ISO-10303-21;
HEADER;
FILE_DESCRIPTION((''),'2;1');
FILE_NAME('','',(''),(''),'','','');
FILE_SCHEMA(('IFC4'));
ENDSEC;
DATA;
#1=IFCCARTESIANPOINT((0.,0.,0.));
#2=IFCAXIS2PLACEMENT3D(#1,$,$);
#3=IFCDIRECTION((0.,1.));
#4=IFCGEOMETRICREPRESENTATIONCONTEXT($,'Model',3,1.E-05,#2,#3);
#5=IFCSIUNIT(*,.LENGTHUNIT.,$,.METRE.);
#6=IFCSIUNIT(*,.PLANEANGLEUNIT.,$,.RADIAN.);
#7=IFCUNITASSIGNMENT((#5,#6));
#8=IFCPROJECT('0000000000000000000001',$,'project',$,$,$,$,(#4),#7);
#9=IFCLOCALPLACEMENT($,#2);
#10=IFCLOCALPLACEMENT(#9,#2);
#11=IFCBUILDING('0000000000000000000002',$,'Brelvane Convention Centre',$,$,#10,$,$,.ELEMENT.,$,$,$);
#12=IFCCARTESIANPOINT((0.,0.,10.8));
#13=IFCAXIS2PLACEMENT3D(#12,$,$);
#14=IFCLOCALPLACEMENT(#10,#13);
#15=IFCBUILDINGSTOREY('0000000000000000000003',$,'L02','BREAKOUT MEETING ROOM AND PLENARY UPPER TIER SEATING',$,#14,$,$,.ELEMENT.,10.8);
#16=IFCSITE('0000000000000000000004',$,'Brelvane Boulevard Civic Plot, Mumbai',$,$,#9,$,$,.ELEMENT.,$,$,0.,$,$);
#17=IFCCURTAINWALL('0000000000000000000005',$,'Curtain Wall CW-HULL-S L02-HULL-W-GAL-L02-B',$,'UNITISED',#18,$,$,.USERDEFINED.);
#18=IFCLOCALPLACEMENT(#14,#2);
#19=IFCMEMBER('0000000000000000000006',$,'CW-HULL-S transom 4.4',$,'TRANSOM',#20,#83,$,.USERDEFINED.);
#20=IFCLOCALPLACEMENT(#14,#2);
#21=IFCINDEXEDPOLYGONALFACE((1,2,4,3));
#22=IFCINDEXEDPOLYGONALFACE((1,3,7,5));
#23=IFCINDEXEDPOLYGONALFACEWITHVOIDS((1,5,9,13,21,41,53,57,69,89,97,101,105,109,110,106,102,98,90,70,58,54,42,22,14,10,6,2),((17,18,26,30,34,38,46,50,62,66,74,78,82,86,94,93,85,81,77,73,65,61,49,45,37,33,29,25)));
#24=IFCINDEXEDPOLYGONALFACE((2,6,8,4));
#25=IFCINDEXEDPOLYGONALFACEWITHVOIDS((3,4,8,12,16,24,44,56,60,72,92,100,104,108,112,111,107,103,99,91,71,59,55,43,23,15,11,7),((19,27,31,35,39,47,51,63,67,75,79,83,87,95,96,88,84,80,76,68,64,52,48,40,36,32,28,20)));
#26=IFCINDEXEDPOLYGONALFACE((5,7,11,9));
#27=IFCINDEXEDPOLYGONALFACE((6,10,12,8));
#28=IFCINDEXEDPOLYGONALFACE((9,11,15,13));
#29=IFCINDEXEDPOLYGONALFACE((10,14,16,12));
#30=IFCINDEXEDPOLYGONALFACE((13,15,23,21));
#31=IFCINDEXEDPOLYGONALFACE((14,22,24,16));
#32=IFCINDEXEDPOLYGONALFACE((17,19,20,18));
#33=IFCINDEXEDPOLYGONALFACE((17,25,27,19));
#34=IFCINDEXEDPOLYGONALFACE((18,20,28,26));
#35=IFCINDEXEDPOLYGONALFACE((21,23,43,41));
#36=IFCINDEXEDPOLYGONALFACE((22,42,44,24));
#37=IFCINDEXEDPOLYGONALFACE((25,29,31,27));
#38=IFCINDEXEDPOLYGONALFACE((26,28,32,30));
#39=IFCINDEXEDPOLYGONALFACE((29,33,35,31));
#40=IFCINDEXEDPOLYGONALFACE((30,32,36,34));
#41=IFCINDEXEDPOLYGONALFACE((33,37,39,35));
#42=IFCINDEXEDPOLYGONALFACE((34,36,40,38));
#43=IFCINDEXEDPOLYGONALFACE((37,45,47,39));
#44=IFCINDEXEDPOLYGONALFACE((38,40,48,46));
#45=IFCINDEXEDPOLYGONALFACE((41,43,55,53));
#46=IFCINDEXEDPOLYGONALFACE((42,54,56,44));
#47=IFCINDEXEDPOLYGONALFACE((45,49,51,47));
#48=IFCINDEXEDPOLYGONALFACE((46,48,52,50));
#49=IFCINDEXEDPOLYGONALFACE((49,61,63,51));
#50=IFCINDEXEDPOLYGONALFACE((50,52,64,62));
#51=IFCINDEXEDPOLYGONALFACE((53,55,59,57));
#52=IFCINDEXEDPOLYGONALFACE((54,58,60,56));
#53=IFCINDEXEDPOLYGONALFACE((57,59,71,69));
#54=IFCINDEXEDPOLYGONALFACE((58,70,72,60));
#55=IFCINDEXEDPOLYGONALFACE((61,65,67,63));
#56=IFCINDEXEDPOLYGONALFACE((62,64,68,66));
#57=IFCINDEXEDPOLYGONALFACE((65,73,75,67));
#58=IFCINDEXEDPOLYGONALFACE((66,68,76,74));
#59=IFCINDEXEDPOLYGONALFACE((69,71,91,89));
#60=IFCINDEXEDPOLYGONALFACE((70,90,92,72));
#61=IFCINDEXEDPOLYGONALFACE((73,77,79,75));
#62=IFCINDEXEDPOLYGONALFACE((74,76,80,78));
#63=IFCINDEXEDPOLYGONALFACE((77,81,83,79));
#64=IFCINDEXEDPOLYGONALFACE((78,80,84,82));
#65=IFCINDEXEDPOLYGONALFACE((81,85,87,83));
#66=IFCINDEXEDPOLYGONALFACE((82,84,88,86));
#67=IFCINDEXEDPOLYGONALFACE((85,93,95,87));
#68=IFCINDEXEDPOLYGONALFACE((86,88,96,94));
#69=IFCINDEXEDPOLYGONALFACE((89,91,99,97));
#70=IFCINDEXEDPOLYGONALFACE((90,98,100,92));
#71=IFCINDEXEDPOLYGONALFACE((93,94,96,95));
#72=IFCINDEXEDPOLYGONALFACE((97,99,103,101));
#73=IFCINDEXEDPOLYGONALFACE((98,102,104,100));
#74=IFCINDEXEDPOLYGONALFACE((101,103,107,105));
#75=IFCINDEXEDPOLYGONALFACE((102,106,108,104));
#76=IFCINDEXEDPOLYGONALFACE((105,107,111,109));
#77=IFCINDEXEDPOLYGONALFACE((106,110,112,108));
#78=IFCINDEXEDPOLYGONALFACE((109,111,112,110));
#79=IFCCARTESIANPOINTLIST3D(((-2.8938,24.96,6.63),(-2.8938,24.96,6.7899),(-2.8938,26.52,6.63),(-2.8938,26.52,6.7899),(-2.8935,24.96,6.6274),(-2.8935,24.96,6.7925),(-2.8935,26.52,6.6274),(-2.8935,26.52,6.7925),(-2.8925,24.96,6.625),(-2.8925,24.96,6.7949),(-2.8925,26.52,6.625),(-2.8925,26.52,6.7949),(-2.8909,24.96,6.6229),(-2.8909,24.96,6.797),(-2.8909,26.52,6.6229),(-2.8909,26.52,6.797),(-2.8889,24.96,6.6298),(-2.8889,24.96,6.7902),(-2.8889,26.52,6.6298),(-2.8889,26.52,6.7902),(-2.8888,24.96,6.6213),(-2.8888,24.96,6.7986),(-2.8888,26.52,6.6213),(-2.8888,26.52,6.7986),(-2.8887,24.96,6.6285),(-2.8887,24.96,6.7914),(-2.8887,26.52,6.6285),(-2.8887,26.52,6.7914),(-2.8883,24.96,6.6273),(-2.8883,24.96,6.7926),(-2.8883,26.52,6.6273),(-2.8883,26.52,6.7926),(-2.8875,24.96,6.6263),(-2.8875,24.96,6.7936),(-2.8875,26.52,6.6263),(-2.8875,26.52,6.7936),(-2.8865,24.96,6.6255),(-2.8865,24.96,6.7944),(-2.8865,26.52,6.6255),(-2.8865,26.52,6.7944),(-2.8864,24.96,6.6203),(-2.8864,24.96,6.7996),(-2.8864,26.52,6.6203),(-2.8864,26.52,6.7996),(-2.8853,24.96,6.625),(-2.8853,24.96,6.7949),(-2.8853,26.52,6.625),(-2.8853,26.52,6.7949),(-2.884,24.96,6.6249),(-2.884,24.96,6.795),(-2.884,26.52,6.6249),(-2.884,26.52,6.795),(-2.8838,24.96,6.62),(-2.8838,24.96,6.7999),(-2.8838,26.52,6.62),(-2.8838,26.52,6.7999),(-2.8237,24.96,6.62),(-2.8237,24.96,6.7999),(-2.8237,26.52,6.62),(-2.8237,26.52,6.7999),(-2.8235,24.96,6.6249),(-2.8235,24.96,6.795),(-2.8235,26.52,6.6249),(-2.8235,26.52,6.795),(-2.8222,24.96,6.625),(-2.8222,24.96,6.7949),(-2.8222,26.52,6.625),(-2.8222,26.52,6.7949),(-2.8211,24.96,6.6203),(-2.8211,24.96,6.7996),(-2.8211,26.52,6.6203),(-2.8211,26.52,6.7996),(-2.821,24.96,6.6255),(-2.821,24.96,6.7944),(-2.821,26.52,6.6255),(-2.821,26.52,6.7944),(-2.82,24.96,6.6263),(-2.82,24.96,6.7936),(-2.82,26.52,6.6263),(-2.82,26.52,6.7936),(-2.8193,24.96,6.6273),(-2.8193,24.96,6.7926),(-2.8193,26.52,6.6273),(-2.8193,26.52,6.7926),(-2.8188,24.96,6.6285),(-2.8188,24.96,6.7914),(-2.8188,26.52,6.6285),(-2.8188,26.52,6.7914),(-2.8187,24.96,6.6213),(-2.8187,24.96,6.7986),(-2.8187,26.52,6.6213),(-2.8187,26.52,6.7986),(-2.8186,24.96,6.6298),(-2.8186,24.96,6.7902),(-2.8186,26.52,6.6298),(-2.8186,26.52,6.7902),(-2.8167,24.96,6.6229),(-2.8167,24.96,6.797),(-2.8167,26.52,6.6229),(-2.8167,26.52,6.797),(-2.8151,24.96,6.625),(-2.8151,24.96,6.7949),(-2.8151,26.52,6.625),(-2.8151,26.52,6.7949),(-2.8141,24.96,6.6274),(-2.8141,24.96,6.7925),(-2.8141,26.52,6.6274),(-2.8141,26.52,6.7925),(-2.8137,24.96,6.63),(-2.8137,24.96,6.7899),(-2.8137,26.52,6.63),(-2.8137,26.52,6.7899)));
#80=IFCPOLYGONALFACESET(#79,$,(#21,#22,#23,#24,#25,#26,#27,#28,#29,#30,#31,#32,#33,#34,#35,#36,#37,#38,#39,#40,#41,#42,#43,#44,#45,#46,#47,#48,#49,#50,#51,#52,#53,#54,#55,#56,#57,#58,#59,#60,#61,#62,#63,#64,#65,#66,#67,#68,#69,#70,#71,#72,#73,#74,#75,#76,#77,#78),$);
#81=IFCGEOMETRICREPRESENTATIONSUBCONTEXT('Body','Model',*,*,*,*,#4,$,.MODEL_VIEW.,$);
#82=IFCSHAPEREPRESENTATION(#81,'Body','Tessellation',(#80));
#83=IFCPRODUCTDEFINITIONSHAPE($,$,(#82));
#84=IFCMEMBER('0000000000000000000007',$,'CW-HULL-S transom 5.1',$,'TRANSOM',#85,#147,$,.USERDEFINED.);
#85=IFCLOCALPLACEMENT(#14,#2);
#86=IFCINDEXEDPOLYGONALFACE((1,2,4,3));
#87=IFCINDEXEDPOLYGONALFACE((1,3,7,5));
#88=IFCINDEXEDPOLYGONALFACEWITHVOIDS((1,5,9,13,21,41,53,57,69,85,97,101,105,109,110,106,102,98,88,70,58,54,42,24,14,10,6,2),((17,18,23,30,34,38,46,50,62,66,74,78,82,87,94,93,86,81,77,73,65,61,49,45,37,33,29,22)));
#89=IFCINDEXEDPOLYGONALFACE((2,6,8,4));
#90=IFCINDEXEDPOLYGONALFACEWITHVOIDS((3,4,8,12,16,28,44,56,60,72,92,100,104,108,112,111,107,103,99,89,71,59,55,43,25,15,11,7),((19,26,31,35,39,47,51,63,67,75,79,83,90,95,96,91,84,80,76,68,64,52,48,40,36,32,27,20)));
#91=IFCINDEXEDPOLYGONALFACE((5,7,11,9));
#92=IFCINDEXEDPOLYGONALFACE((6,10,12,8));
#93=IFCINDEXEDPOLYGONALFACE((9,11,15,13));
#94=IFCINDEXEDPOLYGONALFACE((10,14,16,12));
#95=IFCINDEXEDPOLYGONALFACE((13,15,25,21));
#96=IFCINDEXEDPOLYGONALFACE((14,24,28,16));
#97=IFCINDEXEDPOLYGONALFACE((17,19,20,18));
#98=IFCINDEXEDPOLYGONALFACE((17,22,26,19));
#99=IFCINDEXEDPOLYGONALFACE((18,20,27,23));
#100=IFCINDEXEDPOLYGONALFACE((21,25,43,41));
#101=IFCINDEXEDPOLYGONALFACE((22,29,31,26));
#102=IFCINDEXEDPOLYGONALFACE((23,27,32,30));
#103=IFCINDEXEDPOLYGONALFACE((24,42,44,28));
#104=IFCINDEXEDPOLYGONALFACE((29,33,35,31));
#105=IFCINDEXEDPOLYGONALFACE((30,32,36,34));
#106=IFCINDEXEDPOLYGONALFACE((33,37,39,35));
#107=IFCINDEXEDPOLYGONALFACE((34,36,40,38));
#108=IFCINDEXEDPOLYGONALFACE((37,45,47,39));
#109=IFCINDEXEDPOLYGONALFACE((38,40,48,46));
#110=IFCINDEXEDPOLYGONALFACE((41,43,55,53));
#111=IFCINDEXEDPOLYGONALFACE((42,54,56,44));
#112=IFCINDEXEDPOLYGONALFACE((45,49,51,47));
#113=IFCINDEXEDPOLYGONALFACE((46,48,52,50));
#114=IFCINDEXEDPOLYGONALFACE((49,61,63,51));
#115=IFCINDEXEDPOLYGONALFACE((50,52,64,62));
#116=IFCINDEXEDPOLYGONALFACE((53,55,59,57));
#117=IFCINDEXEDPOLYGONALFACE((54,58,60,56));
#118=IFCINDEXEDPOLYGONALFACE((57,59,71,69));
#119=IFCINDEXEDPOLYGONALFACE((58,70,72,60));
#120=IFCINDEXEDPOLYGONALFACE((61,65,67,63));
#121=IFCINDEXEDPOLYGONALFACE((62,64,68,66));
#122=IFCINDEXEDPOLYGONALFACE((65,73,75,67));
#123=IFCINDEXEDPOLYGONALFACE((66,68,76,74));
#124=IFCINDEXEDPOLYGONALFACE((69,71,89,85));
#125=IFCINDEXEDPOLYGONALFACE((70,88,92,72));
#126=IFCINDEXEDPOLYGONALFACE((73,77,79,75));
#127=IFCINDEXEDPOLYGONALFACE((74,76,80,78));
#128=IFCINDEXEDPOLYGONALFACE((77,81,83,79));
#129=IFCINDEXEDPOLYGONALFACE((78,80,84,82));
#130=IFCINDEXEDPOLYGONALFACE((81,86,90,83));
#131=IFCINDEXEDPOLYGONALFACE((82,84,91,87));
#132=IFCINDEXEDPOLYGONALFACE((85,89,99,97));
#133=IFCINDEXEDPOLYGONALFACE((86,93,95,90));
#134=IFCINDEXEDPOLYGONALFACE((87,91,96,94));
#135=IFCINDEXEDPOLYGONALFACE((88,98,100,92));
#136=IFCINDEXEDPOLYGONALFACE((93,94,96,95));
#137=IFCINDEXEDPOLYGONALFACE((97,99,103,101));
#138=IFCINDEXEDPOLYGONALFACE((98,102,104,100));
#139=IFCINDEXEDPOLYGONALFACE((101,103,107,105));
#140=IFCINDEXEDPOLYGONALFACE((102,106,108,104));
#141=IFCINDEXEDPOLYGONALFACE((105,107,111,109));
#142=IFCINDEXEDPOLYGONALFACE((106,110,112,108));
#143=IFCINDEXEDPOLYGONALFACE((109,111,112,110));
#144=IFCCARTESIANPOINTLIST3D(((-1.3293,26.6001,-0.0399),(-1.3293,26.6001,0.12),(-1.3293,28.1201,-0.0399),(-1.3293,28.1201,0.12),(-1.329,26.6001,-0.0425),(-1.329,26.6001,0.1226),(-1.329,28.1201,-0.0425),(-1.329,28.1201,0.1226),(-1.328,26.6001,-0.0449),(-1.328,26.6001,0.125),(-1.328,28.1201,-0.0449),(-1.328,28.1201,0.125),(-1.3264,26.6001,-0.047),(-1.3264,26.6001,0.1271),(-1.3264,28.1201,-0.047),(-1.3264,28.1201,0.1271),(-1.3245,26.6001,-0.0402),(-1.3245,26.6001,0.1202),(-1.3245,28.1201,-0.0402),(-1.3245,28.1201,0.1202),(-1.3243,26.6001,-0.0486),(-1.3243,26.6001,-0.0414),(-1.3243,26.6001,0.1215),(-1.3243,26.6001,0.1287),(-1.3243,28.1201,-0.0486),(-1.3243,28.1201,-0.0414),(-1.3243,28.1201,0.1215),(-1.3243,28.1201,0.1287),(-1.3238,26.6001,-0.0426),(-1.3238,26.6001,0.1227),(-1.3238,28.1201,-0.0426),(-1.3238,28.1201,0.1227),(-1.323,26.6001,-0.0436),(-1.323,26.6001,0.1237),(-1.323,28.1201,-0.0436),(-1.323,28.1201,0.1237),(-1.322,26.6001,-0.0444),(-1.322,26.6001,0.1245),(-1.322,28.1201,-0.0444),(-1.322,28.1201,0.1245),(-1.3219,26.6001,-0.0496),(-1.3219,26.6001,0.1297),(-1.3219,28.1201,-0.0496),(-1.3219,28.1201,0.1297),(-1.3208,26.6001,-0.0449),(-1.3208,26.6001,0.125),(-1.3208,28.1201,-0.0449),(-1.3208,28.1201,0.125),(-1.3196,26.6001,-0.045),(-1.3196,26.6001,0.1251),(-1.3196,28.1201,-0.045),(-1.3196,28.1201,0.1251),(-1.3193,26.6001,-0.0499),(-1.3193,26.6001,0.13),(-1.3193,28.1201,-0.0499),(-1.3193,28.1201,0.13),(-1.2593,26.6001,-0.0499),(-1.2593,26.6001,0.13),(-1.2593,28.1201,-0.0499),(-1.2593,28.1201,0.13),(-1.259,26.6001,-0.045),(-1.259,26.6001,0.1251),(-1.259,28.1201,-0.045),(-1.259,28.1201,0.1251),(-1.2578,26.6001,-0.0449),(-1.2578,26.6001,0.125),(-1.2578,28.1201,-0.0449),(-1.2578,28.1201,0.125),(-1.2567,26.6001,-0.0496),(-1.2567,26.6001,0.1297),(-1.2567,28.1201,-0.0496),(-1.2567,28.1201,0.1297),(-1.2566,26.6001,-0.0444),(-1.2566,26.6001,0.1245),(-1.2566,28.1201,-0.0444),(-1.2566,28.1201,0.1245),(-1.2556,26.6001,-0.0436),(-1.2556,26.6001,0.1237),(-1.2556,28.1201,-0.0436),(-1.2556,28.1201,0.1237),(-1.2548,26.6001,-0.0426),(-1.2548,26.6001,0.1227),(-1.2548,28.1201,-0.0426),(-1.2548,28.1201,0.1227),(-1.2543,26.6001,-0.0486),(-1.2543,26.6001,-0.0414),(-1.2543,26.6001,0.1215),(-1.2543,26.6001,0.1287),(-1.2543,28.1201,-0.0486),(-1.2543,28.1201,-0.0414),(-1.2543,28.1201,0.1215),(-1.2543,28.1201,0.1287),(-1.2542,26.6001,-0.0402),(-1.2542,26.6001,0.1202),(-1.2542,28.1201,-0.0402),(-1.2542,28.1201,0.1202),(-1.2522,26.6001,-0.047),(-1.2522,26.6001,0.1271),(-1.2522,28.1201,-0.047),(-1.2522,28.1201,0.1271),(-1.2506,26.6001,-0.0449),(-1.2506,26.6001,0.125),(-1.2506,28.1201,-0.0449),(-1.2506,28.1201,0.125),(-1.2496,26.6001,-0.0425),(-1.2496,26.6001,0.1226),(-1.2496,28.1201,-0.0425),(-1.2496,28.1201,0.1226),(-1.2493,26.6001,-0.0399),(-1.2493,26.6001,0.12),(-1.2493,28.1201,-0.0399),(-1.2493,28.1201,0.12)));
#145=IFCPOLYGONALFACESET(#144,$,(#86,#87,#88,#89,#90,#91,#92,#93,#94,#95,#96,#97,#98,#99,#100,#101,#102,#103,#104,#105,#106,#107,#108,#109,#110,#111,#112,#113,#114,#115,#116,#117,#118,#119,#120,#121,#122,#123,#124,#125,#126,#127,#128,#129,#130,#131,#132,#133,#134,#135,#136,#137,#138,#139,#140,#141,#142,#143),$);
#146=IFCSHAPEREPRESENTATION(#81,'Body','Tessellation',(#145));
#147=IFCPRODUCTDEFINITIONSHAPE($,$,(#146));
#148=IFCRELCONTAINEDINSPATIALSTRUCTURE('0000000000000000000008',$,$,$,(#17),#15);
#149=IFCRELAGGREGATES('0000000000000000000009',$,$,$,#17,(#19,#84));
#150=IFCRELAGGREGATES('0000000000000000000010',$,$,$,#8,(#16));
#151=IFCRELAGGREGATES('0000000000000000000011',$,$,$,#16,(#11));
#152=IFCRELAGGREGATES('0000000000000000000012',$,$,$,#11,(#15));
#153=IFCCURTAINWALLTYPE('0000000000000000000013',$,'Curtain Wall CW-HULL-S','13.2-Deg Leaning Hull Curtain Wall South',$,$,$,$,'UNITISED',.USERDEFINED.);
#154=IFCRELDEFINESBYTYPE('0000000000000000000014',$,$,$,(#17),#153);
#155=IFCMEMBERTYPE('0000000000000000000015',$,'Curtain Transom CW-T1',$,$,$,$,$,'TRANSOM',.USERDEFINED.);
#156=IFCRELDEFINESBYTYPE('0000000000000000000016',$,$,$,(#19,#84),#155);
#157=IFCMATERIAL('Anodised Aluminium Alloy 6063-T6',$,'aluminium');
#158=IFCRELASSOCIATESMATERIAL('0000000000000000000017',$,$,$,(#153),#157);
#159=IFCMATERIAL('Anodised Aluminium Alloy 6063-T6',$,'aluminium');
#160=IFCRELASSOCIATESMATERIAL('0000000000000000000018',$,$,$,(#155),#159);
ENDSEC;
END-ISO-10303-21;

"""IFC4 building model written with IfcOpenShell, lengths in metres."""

from ifc_helpers import new_model, si_unit, direction, frame, origin, origin_2d, place, context, subcontext, project, spatial, hollow_rectangle, extrude, material, material_profile, profile_set, type_object, element, aggregate, save


model = new_model("IFC4")

# Units and contexts
model_context = context("Model", 3, precision=1e-05, world=origin(), true_north=direction((0.0, 1.0)))
body_context = subcontext(model_context, "Body", "Model", "MODEL_VIEW")
ifc_project = project(units=[si_unit("LENGTHUNIT", "METRE"), si_unit("PLANEANGLEUNIT", "RADIAN")], contexts=[model_context])

# Site, building, storey
site_placement = place(None, origin())
site = spatial("IfcSite", under=ifc_project, at=site_placement, Name="Brelvane Boulevard Civic Plot, Mumbai", CompositionType="ELEMENT", RefElevation=0.0)
building_placement = place(site_placement, origin())
building = spatial("IfcBuilding", under=site, at=building_placement, Name="Brelvane Convention Centre", CompositionType="ELEMENT")
storey_placement = place(building_placement, frame((0.0, 0.0, 10.8)))
storey = spatial("IfcBuildingStorey", under=building, at=storey_placement, Name="L02", Description="BREAKOUT MEETING ROOM AND PLENARY UPPER TIER SEATING", CompositionType="ELEMENT", Elevation=10.8)

# Curtain wall, members
ifc_material_1 = material(Name="Anodised Aluminium Alloy 6063-T6", Category="aluminium")
curtain_wall_type = type_object("IfcCurtainWallType", Name="Curtain Wall CW-HULL-S", Description="13.2-Deg Leaning Hull Curtain Wall South", ElementType="UNITISED", PredefinedType="USERDEFINED", material=ifc_material_1)
curtain_wall_placement = place(storey_placement, origin())
curtain_wall = element("IfcCurtainWall", 1, at=curtain_wall_placement, inside=storey, type_object=curtain_wall_type, Name="Curtain Wall CW-HULL-S L02-HULL-W-GAL-L02-B", ObjectType="UNITISED", PredefinedType="USERDEFINED")
ifc_material_2 = material(Name="Anodised Aluminium Alloy 6063-T6", Category="aluminium")
ifc_material_profile = material_profile(ifc_material_2, hollow_rectangle(XDim=0.0801, YDim=0.1799, WallThickness=0.0049, InnerFilletRadius=0.0049, OuterFilletRadius=0.01, at=origin_2d()), Name="ALU-T 180x80x5.0")
ifc_profile_set = profile_set([ifc_material_profile], Name="Anodised Aluminium Alloy 6063-T6")
member_type = type_object("IfcMemberType", Name="Curtain Transom CW-T1", ElementType="TRANSOM", PredefinedType="USERDEFINED", material=ifc_profile_set)
member_1_placement = place(storey_placement, frame((-2.8538, 24.96, 6.71), z_axis=(0.0, 1.0, 0.0), x_axis=(-1.0, 0.0, 0.0)))
member_1 = element("IfcMember", 2, at=member_1_placement, type_object=member_type, Name="CW-HULL-S transom 4.4", ObjectType="TRANSOM", PredefinedType="USERDEFINED", context=body_context, shape_type="SweptSolid", body=[
    extrude(hollow_rectangle(XDim=0.0801, YDim=0.1799, WallThickness=0.0049, InnerFilletRadius=0.0049, OuterFilletRadius=0.01, at=origin_2d()), origin(), (0.0, 0.0, 1.0), 1.5601),
])
member_2_placement = place(storey_placement, frame((-1.2893, 26.6001, 0.04), z_axis=(0.0, 1.0, 0.0), x_axis=(-1.0, 0.0, 0.0)))
member_2 = element("IfcMember", 3, at=member_2_placement, type_object=member_type, Name="CW-HULL-S transom 5.1", ObjectType="TRANSOM", PredefinedType="USERDEFINED", context=body_context, shape_type="SweptSolid", body=[
    extrude(hollow_rectangle(XDim=0.0801, YDim=0.1799, WallThickness=0.0049, InnerFilletRadius=0.0049, OuterFilletRadius=0.01, at=origin_2d()), origin(), (0.0, 0.0, 1.0), 1.52),
])
aggregate(curtain_wall, [member_1, member_2])

save(model, "model.ifc")
